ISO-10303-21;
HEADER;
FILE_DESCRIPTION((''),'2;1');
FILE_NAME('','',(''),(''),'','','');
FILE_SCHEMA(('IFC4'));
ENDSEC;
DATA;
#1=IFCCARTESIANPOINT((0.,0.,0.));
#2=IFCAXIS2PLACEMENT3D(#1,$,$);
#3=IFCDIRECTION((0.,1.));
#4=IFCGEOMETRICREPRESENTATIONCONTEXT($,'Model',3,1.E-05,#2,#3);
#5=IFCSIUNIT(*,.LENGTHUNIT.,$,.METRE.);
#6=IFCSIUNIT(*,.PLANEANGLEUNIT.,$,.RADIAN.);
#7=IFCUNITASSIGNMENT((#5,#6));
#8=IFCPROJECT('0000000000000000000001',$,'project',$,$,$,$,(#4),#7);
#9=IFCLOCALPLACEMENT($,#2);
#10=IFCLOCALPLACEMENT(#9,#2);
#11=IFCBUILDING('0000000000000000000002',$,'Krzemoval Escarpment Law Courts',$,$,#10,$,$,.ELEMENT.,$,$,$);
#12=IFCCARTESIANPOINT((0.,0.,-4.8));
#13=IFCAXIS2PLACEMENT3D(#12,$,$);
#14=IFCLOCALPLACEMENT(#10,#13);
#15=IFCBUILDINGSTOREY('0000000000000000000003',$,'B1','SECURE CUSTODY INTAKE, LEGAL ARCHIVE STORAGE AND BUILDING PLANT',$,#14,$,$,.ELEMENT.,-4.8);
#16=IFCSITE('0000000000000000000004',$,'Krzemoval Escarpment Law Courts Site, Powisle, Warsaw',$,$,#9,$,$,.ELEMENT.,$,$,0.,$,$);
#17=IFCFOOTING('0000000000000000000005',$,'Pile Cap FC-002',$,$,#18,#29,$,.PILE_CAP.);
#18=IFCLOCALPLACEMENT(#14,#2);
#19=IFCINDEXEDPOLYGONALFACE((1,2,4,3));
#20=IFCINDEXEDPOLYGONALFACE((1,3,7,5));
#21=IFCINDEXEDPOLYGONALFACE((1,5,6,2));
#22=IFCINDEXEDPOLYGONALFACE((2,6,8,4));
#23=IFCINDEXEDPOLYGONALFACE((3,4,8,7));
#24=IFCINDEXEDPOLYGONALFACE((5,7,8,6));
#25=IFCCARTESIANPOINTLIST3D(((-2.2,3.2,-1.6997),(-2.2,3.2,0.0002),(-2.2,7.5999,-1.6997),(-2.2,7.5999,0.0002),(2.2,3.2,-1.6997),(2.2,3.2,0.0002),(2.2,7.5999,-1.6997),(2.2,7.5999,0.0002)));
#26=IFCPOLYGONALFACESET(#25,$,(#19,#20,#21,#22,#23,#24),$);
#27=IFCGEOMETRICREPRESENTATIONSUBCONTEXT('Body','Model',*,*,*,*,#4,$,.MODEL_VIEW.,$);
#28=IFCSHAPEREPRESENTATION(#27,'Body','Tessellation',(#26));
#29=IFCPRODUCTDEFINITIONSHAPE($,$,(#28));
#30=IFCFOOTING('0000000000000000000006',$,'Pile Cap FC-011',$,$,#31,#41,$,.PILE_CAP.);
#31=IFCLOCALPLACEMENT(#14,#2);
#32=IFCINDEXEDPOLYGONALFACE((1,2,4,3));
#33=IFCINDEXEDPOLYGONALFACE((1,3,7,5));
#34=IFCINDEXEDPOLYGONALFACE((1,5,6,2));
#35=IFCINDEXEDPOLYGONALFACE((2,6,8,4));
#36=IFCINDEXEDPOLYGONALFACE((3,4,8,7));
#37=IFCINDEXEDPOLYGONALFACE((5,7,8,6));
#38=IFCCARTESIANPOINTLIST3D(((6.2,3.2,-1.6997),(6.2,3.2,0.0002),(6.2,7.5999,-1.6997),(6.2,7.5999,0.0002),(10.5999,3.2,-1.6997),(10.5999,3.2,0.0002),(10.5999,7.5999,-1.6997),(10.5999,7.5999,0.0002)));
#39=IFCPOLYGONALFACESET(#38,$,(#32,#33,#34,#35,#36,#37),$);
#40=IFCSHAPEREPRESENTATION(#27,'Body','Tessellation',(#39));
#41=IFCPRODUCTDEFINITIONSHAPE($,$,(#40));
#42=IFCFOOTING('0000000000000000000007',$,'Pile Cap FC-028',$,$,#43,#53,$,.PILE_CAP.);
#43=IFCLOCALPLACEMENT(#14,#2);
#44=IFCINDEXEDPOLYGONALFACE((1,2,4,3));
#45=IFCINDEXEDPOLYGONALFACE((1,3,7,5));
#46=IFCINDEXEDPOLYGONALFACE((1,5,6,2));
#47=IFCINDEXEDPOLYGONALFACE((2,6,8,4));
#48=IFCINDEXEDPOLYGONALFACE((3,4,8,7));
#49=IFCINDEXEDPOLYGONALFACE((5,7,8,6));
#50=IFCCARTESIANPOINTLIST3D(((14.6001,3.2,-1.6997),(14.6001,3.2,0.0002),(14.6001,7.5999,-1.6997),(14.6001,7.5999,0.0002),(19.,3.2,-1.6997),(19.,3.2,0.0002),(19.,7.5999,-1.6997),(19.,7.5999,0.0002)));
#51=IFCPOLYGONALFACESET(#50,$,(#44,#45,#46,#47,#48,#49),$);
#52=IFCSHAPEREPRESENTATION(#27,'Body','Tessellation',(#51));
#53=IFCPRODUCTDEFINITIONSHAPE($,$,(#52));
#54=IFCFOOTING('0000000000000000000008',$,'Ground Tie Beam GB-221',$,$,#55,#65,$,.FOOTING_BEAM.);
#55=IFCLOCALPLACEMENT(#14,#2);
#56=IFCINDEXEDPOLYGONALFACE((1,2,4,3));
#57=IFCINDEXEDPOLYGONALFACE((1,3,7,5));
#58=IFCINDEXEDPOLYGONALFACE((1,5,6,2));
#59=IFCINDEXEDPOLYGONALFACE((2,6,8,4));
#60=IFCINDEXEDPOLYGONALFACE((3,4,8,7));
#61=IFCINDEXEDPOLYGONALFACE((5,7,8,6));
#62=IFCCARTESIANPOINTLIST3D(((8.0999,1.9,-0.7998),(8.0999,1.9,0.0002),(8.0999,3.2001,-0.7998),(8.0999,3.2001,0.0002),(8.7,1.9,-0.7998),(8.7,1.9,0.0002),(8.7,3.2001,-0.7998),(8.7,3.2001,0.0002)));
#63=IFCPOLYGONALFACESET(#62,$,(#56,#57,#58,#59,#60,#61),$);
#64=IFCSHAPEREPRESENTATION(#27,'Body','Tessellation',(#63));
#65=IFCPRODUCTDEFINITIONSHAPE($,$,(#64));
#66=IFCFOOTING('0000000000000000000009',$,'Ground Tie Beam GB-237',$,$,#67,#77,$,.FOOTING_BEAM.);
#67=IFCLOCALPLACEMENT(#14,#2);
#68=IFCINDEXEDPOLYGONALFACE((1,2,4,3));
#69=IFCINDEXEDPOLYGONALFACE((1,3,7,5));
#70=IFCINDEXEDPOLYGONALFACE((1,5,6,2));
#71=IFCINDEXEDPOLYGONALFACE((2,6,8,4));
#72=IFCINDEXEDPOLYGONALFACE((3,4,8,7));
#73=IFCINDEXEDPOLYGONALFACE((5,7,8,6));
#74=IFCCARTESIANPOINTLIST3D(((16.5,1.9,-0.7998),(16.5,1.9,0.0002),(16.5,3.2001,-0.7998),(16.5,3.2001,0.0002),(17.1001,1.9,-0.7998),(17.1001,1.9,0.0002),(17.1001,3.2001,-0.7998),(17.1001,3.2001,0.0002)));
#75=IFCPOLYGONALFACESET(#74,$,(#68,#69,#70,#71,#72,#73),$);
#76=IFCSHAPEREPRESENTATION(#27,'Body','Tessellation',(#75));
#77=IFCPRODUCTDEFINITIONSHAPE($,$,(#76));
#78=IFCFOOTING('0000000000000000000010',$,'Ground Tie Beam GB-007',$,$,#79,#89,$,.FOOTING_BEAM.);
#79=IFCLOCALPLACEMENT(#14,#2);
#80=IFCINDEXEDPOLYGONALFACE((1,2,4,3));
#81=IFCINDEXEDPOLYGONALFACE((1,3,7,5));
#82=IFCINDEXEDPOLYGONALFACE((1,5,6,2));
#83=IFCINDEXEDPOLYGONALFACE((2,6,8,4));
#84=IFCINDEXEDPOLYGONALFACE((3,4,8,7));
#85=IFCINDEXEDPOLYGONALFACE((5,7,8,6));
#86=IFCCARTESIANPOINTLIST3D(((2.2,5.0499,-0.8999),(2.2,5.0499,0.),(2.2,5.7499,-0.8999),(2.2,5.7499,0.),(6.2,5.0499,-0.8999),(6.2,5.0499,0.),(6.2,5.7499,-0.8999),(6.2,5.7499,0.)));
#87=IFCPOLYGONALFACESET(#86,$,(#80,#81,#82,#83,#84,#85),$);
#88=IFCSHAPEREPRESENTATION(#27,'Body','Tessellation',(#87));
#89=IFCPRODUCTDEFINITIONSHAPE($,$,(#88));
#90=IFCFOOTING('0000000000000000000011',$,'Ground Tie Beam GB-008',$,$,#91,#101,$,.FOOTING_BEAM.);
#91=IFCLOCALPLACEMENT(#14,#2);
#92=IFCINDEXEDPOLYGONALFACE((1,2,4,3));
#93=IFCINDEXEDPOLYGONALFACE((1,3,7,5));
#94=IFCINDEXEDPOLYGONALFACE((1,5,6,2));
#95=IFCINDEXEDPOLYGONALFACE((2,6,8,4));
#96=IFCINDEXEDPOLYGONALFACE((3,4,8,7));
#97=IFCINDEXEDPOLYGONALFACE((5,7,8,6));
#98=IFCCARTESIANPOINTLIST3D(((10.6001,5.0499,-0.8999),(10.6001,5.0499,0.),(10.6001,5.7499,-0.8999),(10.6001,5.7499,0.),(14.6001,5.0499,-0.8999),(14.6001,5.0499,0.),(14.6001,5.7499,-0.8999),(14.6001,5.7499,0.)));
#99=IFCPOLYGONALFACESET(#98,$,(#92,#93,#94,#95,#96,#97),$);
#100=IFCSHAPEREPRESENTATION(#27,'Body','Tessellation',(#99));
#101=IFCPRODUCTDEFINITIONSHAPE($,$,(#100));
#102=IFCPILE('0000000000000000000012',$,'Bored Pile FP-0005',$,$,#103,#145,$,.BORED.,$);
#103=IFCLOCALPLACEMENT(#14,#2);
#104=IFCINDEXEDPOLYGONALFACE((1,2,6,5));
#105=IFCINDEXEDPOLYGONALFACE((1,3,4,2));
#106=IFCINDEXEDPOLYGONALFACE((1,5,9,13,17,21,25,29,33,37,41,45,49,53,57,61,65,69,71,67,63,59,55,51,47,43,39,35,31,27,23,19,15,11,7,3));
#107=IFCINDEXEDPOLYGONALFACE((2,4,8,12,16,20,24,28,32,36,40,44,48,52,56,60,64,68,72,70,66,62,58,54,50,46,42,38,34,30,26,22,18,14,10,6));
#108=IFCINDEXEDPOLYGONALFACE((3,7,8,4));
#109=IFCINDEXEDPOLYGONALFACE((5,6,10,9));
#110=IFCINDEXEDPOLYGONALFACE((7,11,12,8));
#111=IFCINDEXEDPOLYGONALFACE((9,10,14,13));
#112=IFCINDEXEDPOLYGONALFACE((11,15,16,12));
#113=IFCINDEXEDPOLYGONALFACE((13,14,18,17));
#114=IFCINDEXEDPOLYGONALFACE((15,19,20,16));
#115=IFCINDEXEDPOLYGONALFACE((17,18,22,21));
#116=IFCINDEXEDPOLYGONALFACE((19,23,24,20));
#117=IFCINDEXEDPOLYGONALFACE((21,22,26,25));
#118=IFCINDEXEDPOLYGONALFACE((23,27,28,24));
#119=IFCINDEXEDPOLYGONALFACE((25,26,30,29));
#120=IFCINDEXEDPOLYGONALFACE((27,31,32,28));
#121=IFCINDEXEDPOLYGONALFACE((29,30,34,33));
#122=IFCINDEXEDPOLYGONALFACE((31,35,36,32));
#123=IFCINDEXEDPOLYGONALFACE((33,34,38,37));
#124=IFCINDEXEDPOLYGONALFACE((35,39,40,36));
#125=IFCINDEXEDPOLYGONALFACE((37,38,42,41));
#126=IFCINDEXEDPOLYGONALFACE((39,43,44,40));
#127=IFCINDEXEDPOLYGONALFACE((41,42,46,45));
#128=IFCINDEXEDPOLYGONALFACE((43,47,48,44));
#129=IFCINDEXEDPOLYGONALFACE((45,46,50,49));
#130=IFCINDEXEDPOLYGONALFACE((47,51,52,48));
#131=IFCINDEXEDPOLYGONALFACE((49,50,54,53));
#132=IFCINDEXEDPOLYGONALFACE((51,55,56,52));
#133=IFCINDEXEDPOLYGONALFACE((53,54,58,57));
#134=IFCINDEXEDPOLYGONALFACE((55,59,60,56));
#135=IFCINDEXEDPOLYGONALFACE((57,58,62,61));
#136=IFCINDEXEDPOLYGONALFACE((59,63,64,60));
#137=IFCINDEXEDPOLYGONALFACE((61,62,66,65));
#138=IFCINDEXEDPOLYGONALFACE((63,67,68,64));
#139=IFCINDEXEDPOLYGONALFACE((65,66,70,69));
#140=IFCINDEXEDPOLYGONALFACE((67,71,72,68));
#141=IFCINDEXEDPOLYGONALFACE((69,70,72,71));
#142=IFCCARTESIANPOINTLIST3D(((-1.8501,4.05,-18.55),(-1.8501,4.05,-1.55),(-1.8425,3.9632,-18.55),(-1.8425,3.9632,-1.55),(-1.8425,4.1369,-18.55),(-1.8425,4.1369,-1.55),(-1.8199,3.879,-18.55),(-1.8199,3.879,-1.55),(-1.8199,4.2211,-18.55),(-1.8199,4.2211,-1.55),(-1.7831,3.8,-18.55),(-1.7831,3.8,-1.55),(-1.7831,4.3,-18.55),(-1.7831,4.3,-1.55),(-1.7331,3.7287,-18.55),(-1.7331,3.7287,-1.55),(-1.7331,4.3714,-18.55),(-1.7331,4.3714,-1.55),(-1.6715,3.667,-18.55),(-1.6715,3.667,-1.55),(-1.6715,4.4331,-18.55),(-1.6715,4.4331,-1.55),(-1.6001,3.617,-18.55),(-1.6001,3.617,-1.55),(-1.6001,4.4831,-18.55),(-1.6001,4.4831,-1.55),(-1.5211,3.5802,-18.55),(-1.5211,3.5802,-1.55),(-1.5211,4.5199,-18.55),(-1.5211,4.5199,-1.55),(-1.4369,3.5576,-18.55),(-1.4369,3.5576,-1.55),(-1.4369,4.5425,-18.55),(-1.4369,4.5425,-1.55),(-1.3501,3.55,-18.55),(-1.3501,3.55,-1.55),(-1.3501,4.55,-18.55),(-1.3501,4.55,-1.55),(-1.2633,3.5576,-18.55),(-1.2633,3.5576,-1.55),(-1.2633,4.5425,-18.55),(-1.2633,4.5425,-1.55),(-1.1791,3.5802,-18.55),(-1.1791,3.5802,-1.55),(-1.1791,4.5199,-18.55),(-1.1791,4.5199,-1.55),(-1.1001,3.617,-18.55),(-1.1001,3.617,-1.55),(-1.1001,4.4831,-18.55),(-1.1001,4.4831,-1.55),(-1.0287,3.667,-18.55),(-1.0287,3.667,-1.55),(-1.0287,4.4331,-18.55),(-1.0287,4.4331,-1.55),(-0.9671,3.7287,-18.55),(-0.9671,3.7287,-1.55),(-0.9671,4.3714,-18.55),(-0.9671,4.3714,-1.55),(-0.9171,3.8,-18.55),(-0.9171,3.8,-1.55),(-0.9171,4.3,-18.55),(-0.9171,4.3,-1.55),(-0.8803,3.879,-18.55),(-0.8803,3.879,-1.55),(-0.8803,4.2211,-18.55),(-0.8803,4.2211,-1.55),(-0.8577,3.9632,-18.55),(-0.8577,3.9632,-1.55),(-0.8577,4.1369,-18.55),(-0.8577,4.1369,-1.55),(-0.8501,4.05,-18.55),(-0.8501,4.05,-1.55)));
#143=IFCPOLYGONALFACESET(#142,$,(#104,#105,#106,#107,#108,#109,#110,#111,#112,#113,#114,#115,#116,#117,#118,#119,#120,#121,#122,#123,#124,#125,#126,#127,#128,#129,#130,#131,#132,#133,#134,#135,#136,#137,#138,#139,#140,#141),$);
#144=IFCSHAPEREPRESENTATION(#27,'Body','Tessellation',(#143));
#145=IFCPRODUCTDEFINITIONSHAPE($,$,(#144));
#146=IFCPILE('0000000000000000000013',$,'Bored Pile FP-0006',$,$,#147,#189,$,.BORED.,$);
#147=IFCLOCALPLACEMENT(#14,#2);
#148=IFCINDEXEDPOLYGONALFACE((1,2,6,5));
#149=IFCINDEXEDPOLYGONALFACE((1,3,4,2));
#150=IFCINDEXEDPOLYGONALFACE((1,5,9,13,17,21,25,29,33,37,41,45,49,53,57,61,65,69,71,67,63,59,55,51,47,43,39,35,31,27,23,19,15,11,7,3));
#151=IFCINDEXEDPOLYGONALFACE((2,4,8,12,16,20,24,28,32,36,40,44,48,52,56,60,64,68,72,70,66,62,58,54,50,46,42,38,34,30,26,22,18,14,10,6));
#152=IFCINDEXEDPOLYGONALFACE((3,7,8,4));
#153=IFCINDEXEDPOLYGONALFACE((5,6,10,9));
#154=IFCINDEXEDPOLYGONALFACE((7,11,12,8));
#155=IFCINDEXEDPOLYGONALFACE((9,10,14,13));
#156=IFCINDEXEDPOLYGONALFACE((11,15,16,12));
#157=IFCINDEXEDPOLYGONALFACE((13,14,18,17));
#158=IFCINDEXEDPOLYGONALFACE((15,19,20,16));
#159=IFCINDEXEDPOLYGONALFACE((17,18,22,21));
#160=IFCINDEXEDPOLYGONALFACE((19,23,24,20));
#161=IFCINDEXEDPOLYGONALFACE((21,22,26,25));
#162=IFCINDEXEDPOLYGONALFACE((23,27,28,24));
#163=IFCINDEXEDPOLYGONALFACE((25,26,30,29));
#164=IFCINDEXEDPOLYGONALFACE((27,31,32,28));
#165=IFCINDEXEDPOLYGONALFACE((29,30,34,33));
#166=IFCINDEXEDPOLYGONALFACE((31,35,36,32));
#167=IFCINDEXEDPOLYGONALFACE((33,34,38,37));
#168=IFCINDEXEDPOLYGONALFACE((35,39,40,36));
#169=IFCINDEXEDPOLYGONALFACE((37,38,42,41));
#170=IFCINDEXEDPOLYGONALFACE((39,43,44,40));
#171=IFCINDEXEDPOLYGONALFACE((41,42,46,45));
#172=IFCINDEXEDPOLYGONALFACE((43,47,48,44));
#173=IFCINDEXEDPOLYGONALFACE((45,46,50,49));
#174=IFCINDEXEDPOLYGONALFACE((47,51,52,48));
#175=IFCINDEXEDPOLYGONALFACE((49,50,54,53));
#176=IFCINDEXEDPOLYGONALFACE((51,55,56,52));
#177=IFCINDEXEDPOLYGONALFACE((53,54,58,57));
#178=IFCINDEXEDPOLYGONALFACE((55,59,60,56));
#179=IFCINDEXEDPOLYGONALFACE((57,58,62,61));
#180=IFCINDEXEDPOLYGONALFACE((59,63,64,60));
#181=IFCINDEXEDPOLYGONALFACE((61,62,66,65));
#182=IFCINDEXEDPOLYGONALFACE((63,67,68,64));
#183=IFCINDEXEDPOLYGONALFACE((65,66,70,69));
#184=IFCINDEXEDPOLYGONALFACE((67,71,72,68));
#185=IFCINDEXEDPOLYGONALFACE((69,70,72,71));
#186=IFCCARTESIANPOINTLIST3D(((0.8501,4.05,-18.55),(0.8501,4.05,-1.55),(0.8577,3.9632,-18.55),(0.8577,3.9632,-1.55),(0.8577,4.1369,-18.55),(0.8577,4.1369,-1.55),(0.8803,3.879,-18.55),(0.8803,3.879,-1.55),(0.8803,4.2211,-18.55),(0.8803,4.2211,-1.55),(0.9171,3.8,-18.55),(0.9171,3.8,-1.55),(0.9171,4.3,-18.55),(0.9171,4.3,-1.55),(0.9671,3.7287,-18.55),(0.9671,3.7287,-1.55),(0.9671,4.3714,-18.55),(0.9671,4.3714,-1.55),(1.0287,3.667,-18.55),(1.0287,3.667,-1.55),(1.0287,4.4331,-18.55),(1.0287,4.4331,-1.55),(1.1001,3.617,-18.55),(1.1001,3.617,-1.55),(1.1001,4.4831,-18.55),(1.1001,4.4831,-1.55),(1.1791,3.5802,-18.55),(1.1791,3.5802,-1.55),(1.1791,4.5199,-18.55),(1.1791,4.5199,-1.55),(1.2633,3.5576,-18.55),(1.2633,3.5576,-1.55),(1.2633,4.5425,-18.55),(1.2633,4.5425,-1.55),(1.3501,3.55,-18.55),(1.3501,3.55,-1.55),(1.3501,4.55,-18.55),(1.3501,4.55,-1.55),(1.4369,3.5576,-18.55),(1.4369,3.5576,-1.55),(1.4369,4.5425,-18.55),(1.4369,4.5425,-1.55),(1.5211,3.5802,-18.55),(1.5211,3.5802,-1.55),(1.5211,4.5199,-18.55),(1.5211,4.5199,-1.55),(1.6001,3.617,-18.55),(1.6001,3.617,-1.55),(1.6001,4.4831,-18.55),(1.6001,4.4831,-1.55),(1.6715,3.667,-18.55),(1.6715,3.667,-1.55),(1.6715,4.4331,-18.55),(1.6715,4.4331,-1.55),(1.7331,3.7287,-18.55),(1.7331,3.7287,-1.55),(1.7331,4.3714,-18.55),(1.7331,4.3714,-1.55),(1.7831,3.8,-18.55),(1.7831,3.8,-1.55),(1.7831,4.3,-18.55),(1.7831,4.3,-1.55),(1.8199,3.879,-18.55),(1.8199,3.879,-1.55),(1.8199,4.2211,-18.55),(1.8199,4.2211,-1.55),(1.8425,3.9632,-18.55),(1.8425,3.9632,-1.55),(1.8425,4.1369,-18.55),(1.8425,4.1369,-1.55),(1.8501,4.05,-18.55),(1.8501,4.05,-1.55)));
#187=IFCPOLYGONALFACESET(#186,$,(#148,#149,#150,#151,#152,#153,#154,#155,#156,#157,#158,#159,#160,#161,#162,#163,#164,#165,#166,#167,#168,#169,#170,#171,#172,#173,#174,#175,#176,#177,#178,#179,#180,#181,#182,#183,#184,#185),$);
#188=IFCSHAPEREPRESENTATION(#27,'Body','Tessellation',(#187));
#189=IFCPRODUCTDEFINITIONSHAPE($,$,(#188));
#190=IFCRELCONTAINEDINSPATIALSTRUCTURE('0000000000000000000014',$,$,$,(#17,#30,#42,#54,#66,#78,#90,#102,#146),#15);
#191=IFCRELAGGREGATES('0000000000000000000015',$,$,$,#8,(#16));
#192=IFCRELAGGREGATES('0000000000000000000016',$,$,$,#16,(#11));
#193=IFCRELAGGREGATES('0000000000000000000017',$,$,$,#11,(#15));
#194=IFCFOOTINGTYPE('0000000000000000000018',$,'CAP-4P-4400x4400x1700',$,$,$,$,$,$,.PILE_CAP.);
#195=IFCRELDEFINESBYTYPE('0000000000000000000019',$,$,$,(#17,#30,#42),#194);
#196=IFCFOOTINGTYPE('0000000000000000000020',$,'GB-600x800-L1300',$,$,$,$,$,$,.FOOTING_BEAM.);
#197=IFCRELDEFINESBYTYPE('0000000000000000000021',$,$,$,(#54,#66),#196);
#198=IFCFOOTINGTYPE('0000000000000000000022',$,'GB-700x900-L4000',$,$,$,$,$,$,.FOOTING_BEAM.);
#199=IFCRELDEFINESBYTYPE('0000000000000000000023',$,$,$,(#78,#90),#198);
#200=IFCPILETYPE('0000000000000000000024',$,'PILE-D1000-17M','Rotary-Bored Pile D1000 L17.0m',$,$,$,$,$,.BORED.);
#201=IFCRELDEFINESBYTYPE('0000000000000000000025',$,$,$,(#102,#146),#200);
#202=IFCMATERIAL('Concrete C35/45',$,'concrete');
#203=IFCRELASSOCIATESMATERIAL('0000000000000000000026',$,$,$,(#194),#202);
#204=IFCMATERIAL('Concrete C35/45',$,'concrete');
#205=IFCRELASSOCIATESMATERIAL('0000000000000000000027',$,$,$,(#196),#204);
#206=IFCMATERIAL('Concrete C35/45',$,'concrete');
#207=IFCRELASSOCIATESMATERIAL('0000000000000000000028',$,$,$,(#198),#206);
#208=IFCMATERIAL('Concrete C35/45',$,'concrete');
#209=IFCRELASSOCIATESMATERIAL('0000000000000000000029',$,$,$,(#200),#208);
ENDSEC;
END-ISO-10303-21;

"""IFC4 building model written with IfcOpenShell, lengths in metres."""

from ifc_helpers import new_model, si_unit, direction, frame, origin, origin_2d, place, context, subcontext, project, spatial, rectangle, circle, extrude, material, material_profile, profile_set, type_object, element, save


model = new_model("IFC4")

# Units and contexts
model_context = context("Model", 3, precision=1e-05, world=origin(), true_north=direction((0.0, 1.0)))
body_context = subcontext(model_context, "Body", "Model", "MODEL_VIEW")
ifc_project = project(units=[si_unit("LENGTHUNIT", "METRE"), si_unit("PLANEANGLEUNIT", "RADIAN")], contexts=[model_context])

# Site, building, storey
site_placement = place(None, origin())
site = spatial("IfcSite", under=ifc_project, at=site_placement, Name="Krzemoval Escarpment Law Courts Site, Powisle, Warsaw", CompositionType="ELEMENT", RefElevation=0.0)
building_placement = place(site_placement, origin())
building = spatial("IfcBuilding", under=site, at=building_placement, Name="Krzemoval Escarpment Law Courts", CompositionType="ELEMENT")
storey_placement = place(building_placement, frame((0.0, 0.0, -4.8)))
storey = spatial("IfcBuildingStorey", under=building, at=storey_placement, Name="B1", Description="SECURE CUSTODY INTAKE, LEGAL ARCHIVE STORAGE AND BUILDING PLANT", CompositionType="ELEMENT", Elevation=-4.8)

# Footings
ifc_material_1 = material(Name="Concrete C35/45", Category="concrete")
footing_type_1 = type_object("IfcFootingType", Name="CAP-4P-4400x4400x1700", PredefinedType="PILE_CAP", material=ifc_material_1)
for number, where, z_axis, x_axis, name in (
    (1, (0.0, 5.3999, -1.6997), (0.0, 0.0, 1.0), (1.0, 0.0, 0.0), "Pile Cap FC-002"),
    (2, (8.3999, 5.3999, -1.6997), (0.0, 0.0, 1.0), (1.0, 0.0, 0.0), "Pile Cap FC-011"),
    (3, (16.8, 5.3999, -1.6997), (0.0, 0.0, 1.0), (1.0, 0.0, 0.0), "Pile Cap FC-028"),
):
    element("IfcFooting", number, at=place(storey_placement, frame(where, z_axis=z_axis, x_axis=x_axis)), inside=storey, type_object=footing_type_1, Name=name, PredefinedType="PILE_CAP", context=body_context, shape_type="SweptSolid", body=[
        extrude(rectangle(XDim=4.3999, YDim=4.3999, at=origin_2d()), origin(), (0.0, 0.0, 1.0), 1.7),
    ])
ifc_material_2 = material(Name="Concrete C35/45", Category="concrete")
footing_type_2 = type_object("IfcFootingType", Name="GB-600x800-L1300", PredefinedType="FOOTING_BEAM", material=ifc_material_2)
for number, where, z_axis, x_axis, name in (
    (4, (8.3999, 2.55, -0.7998), (0.0, 0.0, 1.0), (0.0, 1.0, 0.0), "Ground Tie Beam GB-221"),
    (5, (16.8, 2.55, -0.7998), (0.0, 0.0, 1.0), (0.0, 1.0, 0.0), "Ground Tie Beam GB-237"),
):
    element("IfcFooting", number, at=place(storey_placement, frame(where, z_axis=z_axis, x_axis=x_axis)), inside=storey, type_object=footing_type_2, Name=name, PredefinedType="FOOTING_BEAM", context=body_context, shape_type="SweptSolid", body=[
        extrude(rectangle(XDim=1.3, YDim=0.6001, at=origin_2d()), origin(), (0.0, 0.0, 1.0), 0.8),
    ])
ifc_material_3 = material(Name="Concrete C35/45", Category="concrete")
footing_type_3 = type_object("IfcFootingType", Name="GB-700x900-L4000", PredefinedType="FOOTING_BEAM", material=ifc_material_3)
for number, where, z_axis, x_axis, name in (
    (6, (4.2, 5.3999, -0.8999), (0.0, 0.0, 1.0), (1.0, 0.0, 0.0), "Ground Tie Beam GB-007"),
    (7, (12.6001, 5.3999, -0.8999), (0.0, 0.0, 1.0), (1.0, 0.0, 0.0), "Ground Tie Beam GB-008"),
):
    element("IfcFooting", number, at=place(storey_placement, frame(where, z_axis=z_axis, x_axis=x_axis)), inside=storey, type_object=footing_type_3, Name=name, PredefinedType="FOOTING_BEAM", context=body_context, shape_type="SweptSolid", body=[
        extrude(rectangle(XDim=4.0, YDim=0.7, at=origin_2d()), origin(), (0.0, 0.0, 1.0), 0.8999),
    ])

# Piles
ifc_material_4 = material(Name="Concrete C35/45", Category="concrete")
ifc_material_profile_1 = material_profile(ifc_material_4, circle(Radius=0.5, at=origin_2d()), Name="PILE D1000")
ifc_profile_set_1 = profile_set([ifc_material_profile_1], Name="Concrete C35/45")
pile_type = type_object("IfcPileType", Name="PILE-D1000-17M", Description="Rotary-Bored Pile D1000 L17.0m", PredefinedType="BORED", material=ifc_profile_set_1)
for number, where, z_axis, x_axis, name in (
    (8, (-1.3501, 4.05, -1.55), (0.0, 0.0, -1.0), (1.0, 0.0, 0.0), "Bored Pile FP-0005"),
    (9, (1.3501, 4.05, -1.55), (0.0, 0.0, -1.0), (1.0, 0.0, 0.0), "Bored Pile FP-0006"),
):
    element("IfcPile", number, at=place(storey_placement, frame(where, z_axis=z_axis, x_axis=x_axis)), inside=storey, type_object=pile_type, Name=name, PredefinedType="BORED", context=body_context, shape_type="SweptSolid", body=[
        extrude(circle(Radius=0.5, at=origin_2d()), origin(), (0.0, 0.0, 1.0), 17.0),
    ])

save(model, "model.ifc")
